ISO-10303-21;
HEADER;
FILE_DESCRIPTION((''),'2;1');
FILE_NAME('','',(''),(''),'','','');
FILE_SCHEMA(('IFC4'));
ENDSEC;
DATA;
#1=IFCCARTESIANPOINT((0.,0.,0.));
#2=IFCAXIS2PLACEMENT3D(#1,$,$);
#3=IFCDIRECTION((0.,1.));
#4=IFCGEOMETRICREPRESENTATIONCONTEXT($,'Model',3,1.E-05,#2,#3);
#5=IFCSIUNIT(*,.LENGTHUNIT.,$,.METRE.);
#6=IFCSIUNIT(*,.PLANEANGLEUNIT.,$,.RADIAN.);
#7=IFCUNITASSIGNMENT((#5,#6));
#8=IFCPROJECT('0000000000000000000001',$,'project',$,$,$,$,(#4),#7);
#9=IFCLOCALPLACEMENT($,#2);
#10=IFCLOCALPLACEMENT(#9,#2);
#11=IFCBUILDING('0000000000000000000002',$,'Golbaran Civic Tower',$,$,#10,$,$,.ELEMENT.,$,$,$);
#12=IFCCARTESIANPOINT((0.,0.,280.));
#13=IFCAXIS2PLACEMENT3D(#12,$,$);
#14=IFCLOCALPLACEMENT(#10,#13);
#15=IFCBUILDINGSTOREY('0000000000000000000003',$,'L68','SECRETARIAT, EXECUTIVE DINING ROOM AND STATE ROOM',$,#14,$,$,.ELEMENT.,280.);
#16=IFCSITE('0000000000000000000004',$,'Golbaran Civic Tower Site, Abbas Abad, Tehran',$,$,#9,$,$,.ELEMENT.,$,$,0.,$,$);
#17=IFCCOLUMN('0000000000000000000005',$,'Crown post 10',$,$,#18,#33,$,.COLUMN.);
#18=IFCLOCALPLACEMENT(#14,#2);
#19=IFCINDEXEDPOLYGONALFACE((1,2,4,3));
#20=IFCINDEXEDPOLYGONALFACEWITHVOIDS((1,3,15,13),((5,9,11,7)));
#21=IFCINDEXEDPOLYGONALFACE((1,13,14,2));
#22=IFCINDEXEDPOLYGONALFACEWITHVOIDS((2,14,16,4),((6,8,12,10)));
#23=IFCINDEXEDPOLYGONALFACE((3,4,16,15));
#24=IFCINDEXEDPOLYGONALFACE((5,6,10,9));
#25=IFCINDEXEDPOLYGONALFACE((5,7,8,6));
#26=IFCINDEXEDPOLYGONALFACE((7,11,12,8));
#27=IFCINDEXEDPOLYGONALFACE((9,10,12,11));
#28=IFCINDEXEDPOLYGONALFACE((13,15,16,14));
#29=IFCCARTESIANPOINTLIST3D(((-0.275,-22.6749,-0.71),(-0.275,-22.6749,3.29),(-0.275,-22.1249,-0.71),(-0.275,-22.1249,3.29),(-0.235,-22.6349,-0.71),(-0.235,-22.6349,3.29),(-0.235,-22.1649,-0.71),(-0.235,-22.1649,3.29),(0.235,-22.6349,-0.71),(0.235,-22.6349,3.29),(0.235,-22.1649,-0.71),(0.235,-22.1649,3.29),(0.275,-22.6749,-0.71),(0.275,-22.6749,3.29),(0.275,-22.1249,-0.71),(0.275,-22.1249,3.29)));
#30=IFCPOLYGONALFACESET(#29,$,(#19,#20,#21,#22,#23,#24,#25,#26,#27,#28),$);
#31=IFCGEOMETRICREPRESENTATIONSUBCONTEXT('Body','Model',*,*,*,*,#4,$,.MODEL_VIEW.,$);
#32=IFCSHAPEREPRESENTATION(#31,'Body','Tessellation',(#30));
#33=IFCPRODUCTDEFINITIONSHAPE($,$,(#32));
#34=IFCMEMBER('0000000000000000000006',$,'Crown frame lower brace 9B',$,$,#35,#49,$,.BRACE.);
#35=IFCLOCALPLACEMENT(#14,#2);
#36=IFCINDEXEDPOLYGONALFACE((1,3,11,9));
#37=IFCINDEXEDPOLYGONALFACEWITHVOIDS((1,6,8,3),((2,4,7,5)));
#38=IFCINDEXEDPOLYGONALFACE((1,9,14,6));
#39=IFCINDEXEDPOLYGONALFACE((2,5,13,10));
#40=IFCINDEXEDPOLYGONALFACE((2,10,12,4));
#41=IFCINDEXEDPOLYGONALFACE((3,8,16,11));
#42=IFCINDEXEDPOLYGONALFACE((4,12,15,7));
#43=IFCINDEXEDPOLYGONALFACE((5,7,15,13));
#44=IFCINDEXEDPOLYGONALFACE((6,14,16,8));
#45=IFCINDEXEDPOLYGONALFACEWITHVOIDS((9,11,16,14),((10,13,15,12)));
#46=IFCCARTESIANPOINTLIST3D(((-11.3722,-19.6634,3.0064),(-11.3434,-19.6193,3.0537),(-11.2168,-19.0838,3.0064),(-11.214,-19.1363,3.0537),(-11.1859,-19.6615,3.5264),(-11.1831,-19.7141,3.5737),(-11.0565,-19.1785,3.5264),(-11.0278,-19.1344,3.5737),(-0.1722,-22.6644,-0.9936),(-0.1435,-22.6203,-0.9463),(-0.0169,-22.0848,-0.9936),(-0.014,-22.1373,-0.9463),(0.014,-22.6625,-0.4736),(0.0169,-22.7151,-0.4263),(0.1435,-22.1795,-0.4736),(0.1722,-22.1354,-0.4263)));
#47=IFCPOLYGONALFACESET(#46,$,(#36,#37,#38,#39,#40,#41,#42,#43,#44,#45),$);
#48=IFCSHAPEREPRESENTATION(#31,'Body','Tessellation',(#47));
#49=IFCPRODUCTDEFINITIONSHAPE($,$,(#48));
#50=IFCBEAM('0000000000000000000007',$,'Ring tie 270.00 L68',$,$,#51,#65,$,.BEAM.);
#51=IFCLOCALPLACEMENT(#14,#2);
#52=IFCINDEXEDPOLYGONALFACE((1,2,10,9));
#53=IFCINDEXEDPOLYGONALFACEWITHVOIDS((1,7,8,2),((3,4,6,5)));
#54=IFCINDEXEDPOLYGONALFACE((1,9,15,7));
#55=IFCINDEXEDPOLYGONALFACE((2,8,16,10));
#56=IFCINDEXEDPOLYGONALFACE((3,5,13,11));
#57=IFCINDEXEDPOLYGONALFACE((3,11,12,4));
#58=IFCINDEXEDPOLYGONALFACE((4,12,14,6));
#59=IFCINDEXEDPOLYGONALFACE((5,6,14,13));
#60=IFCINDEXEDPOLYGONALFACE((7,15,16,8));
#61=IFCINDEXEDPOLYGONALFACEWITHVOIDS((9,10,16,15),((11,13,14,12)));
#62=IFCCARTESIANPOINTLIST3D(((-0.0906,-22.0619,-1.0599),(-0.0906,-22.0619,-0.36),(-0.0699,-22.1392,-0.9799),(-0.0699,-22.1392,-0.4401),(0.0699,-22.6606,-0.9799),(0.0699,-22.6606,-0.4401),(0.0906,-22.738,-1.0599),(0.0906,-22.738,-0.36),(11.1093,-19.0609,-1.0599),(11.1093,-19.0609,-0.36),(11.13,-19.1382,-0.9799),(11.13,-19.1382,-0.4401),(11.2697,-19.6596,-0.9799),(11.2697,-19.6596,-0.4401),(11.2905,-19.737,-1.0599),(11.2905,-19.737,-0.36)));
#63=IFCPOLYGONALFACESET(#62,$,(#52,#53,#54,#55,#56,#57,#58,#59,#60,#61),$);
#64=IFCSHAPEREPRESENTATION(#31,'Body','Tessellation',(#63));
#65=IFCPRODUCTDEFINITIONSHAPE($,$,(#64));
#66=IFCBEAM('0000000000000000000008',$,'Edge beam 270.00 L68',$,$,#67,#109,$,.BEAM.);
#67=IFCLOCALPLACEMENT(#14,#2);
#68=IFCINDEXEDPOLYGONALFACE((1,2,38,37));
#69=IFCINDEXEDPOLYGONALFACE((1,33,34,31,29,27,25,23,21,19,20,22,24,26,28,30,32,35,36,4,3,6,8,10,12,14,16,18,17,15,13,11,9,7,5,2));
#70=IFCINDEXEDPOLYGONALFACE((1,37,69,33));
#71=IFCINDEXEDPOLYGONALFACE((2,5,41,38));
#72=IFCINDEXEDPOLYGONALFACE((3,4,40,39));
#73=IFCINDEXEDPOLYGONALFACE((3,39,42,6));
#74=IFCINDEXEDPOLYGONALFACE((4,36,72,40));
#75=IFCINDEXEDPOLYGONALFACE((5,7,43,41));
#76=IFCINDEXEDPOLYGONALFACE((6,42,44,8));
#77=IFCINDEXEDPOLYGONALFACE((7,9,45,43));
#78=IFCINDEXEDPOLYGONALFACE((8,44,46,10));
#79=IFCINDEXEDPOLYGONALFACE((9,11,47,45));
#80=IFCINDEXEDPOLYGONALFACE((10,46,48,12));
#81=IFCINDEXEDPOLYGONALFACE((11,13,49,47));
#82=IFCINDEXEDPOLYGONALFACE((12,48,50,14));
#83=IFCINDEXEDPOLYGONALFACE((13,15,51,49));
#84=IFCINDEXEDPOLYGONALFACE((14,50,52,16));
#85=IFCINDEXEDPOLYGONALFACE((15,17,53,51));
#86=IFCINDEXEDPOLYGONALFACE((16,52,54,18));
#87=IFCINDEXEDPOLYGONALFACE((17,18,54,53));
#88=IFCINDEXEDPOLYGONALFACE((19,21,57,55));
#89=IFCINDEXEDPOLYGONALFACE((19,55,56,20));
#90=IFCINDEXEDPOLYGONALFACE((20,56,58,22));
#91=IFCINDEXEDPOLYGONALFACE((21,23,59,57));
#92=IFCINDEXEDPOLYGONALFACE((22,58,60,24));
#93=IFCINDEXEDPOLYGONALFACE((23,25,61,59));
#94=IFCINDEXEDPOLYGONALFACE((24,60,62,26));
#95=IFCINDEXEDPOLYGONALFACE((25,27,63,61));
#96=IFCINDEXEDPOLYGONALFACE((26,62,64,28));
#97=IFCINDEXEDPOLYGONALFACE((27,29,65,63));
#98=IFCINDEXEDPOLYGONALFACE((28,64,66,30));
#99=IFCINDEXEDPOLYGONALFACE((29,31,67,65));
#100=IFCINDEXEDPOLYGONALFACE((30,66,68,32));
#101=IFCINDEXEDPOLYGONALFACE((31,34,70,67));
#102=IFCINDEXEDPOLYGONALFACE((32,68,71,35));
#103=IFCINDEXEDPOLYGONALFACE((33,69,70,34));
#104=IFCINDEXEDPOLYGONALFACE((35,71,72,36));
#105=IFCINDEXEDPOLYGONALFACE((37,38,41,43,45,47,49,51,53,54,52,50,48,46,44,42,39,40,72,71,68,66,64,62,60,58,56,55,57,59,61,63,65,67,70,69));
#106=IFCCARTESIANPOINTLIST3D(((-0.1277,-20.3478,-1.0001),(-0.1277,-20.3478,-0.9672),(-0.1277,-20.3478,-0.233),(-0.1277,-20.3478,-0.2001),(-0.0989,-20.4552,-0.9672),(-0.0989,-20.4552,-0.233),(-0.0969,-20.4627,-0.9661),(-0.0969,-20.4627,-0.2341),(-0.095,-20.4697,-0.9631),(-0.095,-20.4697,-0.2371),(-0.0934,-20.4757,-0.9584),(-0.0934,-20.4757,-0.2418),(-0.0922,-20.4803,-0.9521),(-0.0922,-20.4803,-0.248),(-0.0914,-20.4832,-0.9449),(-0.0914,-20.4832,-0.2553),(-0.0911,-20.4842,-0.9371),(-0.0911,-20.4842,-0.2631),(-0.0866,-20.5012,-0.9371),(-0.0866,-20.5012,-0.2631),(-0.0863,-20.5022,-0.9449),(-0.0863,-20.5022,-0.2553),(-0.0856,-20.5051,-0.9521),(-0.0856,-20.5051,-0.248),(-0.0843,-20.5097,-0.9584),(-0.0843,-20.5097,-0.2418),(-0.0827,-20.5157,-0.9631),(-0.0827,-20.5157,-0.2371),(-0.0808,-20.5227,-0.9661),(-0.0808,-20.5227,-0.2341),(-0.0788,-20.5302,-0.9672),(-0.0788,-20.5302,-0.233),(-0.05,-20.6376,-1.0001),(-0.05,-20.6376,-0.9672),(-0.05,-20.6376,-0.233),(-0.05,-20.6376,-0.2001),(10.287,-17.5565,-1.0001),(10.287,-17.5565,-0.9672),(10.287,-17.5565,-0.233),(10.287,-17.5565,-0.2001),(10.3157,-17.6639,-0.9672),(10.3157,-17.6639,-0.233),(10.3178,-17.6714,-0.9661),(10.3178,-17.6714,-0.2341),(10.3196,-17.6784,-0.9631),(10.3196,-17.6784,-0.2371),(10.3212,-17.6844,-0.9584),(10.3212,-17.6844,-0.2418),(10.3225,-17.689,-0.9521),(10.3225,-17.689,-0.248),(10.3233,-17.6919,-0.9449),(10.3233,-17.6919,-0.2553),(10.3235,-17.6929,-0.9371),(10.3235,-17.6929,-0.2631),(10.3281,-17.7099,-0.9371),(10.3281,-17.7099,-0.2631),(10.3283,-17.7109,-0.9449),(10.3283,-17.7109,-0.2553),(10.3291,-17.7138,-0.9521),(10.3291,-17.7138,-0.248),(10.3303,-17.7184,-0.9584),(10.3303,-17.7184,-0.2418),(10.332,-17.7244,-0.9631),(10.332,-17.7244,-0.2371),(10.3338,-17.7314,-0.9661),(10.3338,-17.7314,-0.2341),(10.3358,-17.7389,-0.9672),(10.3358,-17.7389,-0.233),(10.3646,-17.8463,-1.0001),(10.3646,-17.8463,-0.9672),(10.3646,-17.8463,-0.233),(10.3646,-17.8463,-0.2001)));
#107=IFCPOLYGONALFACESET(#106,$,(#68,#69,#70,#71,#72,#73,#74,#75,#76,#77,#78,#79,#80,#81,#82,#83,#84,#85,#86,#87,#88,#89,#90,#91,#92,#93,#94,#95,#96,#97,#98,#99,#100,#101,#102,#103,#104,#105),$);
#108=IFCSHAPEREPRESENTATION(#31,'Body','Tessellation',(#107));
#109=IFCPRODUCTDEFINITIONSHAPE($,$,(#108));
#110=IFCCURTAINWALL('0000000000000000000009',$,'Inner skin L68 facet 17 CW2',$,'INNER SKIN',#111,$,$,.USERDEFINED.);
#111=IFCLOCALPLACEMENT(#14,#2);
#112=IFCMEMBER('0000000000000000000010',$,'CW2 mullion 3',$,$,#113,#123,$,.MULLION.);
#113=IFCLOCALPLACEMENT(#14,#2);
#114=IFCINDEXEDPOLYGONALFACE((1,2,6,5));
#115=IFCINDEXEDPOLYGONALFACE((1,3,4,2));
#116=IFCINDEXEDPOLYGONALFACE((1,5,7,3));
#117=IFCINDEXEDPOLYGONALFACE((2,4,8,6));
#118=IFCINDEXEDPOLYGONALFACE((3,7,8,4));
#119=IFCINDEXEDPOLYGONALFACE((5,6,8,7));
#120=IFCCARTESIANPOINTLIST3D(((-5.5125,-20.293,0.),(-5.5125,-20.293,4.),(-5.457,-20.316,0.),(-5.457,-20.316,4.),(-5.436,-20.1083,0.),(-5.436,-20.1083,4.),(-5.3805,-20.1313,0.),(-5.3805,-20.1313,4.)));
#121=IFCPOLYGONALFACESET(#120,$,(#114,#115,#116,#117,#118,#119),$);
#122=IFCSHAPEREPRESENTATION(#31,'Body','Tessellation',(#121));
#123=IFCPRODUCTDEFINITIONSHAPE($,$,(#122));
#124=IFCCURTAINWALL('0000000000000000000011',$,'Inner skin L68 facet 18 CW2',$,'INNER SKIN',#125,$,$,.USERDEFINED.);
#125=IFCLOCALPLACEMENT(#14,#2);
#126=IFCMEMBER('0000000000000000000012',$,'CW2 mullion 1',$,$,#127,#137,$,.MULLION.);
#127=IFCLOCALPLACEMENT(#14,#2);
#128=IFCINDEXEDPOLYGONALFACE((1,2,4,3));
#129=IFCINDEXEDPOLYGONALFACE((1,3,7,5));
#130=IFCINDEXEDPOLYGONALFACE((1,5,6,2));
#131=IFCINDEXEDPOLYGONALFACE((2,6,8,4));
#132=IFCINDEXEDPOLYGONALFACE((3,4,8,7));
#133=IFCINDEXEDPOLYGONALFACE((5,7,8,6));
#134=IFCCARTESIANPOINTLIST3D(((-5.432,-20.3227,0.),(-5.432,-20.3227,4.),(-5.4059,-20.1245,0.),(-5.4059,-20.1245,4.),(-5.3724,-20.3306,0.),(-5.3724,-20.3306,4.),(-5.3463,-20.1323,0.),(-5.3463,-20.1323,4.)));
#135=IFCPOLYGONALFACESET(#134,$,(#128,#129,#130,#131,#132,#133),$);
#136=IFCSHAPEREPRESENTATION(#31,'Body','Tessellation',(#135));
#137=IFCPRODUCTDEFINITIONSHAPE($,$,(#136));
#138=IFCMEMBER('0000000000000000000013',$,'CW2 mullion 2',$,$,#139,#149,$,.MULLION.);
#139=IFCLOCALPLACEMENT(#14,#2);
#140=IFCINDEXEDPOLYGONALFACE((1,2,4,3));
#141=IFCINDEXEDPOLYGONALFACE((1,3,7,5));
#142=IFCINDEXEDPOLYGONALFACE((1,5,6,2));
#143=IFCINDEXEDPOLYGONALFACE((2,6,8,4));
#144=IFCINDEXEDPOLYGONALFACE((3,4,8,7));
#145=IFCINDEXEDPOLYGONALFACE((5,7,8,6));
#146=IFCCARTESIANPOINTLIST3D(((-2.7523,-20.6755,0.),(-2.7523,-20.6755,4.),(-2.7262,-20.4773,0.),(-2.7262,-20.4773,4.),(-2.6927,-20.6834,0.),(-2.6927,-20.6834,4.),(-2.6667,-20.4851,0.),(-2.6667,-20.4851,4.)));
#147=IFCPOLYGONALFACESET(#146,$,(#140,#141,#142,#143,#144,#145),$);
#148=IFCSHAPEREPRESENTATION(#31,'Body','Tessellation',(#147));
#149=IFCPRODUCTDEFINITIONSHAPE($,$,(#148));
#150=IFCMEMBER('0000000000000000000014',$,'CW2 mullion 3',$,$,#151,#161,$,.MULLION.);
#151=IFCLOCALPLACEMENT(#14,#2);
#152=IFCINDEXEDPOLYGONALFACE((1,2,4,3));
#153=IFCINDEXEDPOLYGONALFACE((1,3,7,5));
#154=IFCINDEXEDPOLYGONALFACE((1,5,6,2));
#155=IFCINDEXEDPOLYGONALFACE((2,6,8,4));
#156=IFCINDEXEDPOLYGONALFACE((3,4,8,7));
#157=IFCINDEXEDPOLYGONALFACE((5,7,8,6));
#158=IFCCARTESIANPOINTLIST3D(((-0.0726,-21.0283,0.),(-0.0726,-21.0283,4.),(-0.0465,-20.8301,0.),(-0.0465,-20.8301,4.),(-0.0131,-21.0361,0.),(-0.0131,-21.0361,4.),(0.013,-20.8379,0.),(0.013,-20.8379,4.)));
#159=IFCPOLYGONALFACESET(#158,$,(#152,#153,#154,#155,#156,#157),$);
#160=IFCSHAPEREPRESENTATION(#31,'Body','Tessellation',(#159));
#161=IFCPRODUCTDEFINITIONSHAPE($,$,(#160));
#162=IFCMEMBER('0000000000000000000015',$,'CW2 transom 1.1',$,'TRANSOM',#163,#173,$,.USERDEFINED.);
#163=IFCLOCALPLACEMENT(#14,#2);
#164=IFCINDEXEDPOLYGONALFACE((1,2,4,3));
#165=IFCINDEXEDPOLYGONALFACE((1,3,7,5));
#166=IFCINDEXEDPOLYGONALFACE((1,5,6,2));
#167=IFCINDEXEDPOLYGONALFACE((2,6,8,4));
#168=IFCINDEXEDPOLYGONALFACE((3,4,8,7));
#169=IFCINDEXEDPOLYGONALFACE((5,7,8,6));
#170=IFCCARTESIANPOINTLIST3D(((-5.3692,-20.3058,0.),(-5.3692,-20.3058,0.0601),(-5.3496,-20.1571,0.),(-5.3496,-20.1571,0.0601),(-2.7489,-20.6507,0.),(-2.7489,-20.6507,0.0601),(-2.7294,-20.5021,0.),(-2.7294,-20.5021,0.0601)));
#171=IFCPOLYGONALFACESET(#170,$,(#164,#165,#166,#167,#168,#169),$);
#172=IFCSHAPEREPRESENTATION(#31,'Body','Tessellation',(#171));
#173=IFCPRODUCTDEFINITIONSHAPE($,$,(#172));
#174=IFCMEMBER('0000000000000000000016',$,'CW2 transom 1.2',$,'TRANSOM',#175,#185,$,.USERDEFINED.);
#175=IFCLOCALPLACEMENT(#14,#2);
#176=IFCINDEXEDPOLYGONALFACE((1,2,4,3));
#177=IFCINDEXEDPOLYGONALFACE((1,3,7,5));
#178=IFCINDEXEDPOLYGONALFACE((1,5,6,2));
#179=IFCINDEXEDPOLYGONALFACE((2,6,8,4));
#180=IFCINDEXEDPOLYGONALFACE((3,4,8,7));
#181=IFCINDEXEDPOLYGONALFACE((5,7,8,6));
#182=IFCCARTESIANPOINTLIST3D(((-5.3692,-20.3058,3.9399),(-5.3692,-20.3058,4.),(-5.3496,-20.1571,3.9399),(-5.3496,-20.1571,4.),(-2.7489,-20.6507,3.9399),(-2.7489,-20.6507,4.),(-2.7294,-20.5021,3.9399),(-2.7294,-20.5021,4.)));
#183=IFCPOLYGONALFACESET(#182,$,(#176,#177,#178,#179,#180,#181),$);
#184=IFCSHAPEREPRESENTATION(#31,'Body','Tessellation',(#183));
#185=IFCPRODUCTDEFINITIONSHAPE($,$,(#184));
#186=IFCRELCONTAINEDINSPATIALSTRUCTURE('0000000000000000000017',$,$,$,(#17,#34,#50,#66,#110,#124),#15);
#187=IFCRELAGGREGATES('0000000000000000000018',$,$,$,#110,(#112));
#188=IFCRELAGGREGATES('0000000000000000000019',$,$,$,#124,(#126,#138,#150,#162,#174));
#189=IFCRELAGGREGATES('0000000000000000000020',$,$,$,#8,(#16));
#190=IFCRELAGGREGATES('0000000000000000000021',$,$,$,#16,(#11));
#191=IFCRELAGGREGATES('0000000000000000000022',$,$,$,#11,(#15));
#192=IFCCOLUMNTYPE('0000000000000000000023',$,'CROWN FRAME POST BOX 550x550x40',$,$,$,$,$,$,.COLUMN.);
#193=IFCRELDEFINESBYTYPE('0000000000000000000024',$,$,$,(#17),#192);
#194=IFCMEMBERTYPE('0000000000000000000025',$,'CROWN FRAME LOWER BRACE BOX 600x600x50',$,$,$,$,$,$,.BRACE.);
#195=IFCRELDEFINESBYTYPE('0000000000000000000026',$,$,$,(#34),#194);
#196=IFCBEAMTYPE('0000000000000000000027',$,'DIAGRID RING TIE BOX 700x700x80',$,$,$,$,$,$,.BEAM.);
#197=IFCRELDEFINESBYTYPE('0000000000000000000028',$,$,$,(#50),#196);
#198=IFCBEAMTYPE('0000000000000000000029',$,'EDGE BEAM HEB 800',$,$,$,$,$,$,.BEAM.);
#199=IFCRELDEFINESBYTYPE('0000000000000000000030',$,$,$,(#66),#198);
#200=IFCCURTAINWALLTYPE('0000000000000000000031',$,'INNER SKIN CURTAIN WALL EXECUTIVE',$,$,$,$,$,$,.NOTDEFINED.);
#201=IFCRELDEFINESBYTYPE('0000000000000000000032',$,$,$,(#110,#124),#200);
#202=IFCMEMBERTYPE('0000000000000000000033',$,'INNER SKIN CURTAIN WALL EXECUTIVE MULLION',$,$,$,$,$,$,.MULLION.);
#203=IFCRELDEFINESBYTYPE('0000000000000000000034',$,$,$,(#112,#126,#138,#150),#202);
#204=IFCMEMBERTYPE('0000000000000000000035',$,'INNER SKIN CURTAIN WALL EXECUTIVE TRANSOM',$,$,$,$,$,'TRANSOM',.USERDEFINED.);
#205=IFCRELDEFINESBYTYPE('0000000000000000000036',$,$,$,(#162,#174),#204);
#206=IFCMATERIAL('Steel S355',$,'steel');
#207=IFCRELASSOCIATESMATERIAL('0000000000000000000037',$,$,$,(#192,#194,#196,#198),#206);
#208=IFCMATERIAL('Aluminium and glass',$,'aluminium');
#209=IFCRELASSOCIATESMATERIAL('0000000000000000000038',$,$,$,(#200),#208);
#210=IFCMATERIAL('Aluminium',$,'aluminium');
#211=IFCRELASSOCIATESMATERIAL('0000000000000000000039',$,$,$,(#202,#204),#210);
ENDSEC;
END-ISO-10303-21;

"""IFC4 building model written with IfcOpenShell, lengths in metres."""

from ifc_helpers import new_model, si_unit, direction, frame, origin, origin_2d, place, context, subcontext, project, spatial, rectangle, hollow_rectangle, i_section, extrude, material, material_profile, profile_set, type_object, element, aggregate, save


model = new_model("IFC4")

# Units and contexts
model_context = context("Model", 3, precision=1e-05, world=origin(), true_north=direction((0.0, 1.0)))
body_context = subcontext(model_context, "Body", "Model", "MODEL_VIEW")
ifc_project = project(units=[si_unit("LENGTHUNIT", "METRE"), si_unit("PLANEANGLEUNIT", "RADIAN")], contexts=[model_context])

# Site, building, storey
site_placement = place(None, origin())
site = spatial("IfcSite", under=ifc_project, at=site_placement, Name="Golbaran Civic Tower Site, Abbas Abad, Tehran", CompositionType="ELEMENT", RefElevation=0.0)
building_placement = place(site_placement, origin())
building = spatial("IfcBuilding", under=site, at=building_placement, Name="Golbaran Civic Tower", CompositionType="ELEMENT")
storey_placement = place(building_placement, frame((0.0, 0.0, 280.0)))
storey = spatial("IfcBuildingStorey", under=building, at=storey_placement, Name="L68", Description="SECRETARIAT, EXECUTIVE DINING ROOM AND STATE ROOM", CompositionType="ELEMENT", Elevation=280.0)

# Column
ifc_material_1 = material(Name="Steel S355", Category="steel")
ifc_material_profile_1 = material_profile(ifc_material_1, hollow_rectangle(XDim=0.55, YDim=0.55, WallThickness=0.04, at=origin_2d()), Name="BOX 550x550x40")
ifc_profile_set_1 = profile_set([ifc_material_profile_1], Name="Steel S355")
column_type = type_object("IfcColumnType", Name="CROWN FRAME POST BOX 550x550x40", PredefinedType="COLUMN", material=ifc_profile_set_1)
column_placement = place(storey_placement, frame((0.0, -22.3999, -0.71), z_axis=(0.0, 0.0, 1.0), x_axis=(1.0, 0.0, 0.0)))
element("IfcColumn", 1, at=column_placement, inside=storey, type_object=column_type, Name="Crown post 10", PredefinedType="COLUMN", context=body_context, shape_type="SweptSolid", body=[
    extrude(hollow_rectangle(XDim=0.55, YDim=0.55, WallThickness=0.04, at=origin_2d()), origin(), (0.0, 0.0, 1.0), 4.0),
])

# Member
ifc_material_profile_2 = material_profile(ifc_material_1, hollow_rectangle(XDim=0.6001, YDim=0.6001, WallThickness=0.05, at=origin_2d()), Name="BOX 600x600x50")
ifc_profile_set_2 = profile_set([ifc_material_profile_2], Name="Steel S355")
member_type_1 = type_object("IfcMemberType", Name="CROWN FRAME LOWER BRACE BOX 600x600x50", PredefinedType="BRACE", material=ifc_profile_set_2)
member_1_placement = place(storey_placement, frame((0.0, -22.3999, -0.71), z_axis=(-0.913119, 0.244666, 0.326116), x_axis=(-0.258816, -0.965927, 0.0)))
element("IfcMember", 2, at=member_1_placement, inside=storey, type_object=member_type_1, Name="Crown frame lower brace 9B", PredefinedType="BRACE", context=body_context, shape_type="SweptSolid", body=[
    extrude(hollow_rectangle(XDim=0.6001, YDim=0.6001, WallThickness=0.05, at=origin_2d()), origin(), (0.0, 0.0, 1.0), 12.2656),
])

# Beams
ifc_material_profile_3 = material_profile(ifc_material_1, hollow_rectangle(XDim=0.7, YDim=0.7, WallThickness=0.0801, at=origin_2d()), Name="BOX 700x700x80")
ifc_profile_set_3 = profile_set([ifc_material_profile_3], Name="Steel S355")
beam_type_1 = type_object("IfcBeamType", Name="DIAGRID RING TIE BOX 700x700x80", PredefinedType="BEAM", material=ifc_profile_set_3)
beam_1_placement = place(storey_placement, frame((0.0, -22.3999, -0.71), z_axis=(0.965927, 0.258816, 0.0), x_axis=(-0.258816, 0.965927, 0.0)))
element("IfcBeam", 3, at=beam_1_placement, inside=storey, type_object=beam_type_1, Name="Ring tie 270.00 L68", PredefinedType="BEAM", context=body_context, shape_type="SweptSolid", body=[
    extrude(hollow_rectangle(XDim=0.7, YDim=0.7, WallThickness=0.0801, at=origin_2d()), origin(), (0.0, 0.0, 1.0), 11.595),
])
ifc_material_profile_4 = material_profile(ifc_material_1, i_section(OverallWidth=0.3, OverallDepth=0.8, WebThickness=0.0176, FlangeThickness=0.033, FilletRadius=0.03, at=origin_2d()), Name="HEB 800")
ifc_profile_set_4 = profile_set([ifc_material_profile_4], Name="Steel S355")
beam_type_2 = type_object("IfcBeamType", Name="EDGE BEAM HEB 800", PredefinedType="BEAM", material=ifc_profile_set_4)
beam_2_placement = place(storey_placement, frame((-0.0889, -20.4927, -0.6001), z_axis=(0.96591, 0.258879, 0.0), x_axis=(-0.258879, 0.96591, 0.0)))
element("IfcBeam", 4, at=beam_2_placement, inside=storey, type_object=beam_type_2, Name="Edge beam 270.00 L68", PredefinedType="BEAM", context=body_context, shape_type="SweptSolid", body=[
    extrude(i_section(OverallWidth=0.3, OverallDepth=0.8, WebThickness=0.0176, FlangeThickness=0.033, FilletRadius=0.03, at=origin_2d()), origin(), (0.0, 0.0, 1.0), 10.7822),
])

# Curtain wall, member
ifc_material_2 = material(Name="Aluminium and glass", Category="aluminium")
curtain_wall_type_1 = type_object("IfcCurtainWallType", Name="INNER SKIN CURTAIN WALL EXECUTIVE", PredefinedType="NOTDEFINED", material=ifc_material_2)
curtain_wall_1_placement = place(storey_placement, origin())
curtain_wall_1 = element("IfcCurtainWall", 5, at=curtain_wall_1_placement, inside=storey, type_object=curtain_wall_type_1, Name="Inner skin L68 facet 17 CW2", ObjectType="INNER SKIN", PredefinedType="USERDEFINED")
ifc_material_3 = material(Name="Aluminium", Category="aluminium")
ifc_material_profile_5 = material_profile(ifc_material_3, rectangle(XDim=0.2, YDim=0.0601, at=origin_2d()), Name="INNER SKIN CURTAIN WALL EXECUTIVE MULLION")
ifc_profile_set_5 = profile_set([ifc_material_profile_5], Name="Aluminium")
member_type_2 = type_object("IfcMemberType", Name="INNER SKIN CURTAIN WALL EXECUTIVE MULLION", PredefinedType="MULLION", material=ifc_profile_set_5)
member_2_placement = place(storey_placement, frame((-5.4465, -20.2122, 0.0), z_axis=(0.0, 0.0, 1.0), x_axis=(0.382683, 0.92388, 0.0)))
member_2 = element("IfcMember", 6, at=member_2_placement, type_object=member_type_2, Name="CW2 mullion 3", PredefinedType="MULLION", context=body_context, shape_type="SweptSolid", body=[
    extrude(rectangle(XDim=0.2, YDim=0.0601, at=origin_2d()), origin(), (0.0, 0.0, 1.0), 4.0),
])
aggregate(curtain_wall_1, [member_2])

# Curtain wall, members
curtain_wall_2_placement = place(storey_placement, origin())
curtain_wall_2 = element("IfcCurtainWall", 7, at=curtain_wall_2_placement, inside=storey, type_object=curtain_wall_type_1, Name="Inner skin L68 facet 18 CW2", ObjectType="INNER SKIN", PredefinedType="USERDEFINED")
member_3_placement = place(storey_placement, frame((-5.3892, -20.2275, 0.0), z_axis=(0.0, 0.0, 1.0), x_axis=(0.130526, 0.991445, 0.0)))
member_3 = element("IfcMember", 8, at=member_3_placement, type_object=member_type_2, Name="CW2 mullion 1", PredefinedType="MULLION", context=body_context, shape_type="SweptSolid", body=[
    extrude(rectangle(XDim=0.2, YDim=0.0601, at=origin_2d()), origin(), (0.0, 0.0, 1.0), 4.0),
])
member_4_placement = place(storey_placement, frame((-2.7095, -20.5803, 0.0), z_axis=(0.0, 0.0, 1.0), x_axis=(0.130526, 0.991445, 0.0)))
member_4 = element("IfcMember", 9, at=member_4_placement, type_object=member_type_2, Name="CW2 mullion 2", PredefinedType="MULLION", context=body_context, shape_type="SweptSolid", body=[
    extrude(rectangle(XDim=0.2, YDim=0.0601, at=origin_2d()), origin(), (0.0, 0.0, 1.0), 4.0),
])
member_5_placement = place(storey_placement, frame((-0.0298, -20.9331, 0.0), z_axis=(0.0, 0.0, 1.0), x_axis=(0.130526, 0.991445, 0.0)))
member_5 = element("IfcMember", 10, at=member_5_placement, type_object=member_type_2, Name="CW2 mullion 3", PredefinedType="MULLION", context=body_context, shape_type="SweptSolid", body=[
    extrude(rectangle(XDim=0.2, YDim=0.0601, at=origin_2d()), origin(), (0.0, 0.0, 1.0), 4.0),
])
ifc_material_profile_6 = material_profile(ifc_material_3, rectangle(XDim=0.1499, YDim=0.0601, at=origin_2d()), Name="INNER SKIN CURTAIN WALL EXECUTIVE TRANSOM")
ifc_profile_set_6 = profile_set([ifc_material_profile_6], Name="Aluminium")
member_type_3 = type_object("IfcMemberType", Name="INNER SKIN CURTAIN WALL EXECUTIVE TRANSOM", ElementType="TRANSOM", PredefinedType="USERDEFINED", material=ifc_profile_set_6)
member_6_placement = place(storey_placement, frame((-5.3594, -20.2314, 0.03), z_axis=(0.991444, -0.130536, 0.0), x_axis=(0.130536, 0.991444, 0.0)))
member_6 = element("IfcMember", 11, at=member_6_placement, type_object=member_type_3, Name="CW2 transom 1.1", ObjectType="TRANSOM", PredefinedType="USERDEFINED", context=body_context, shape_type="SweptSolid", body=[
    extrude(rectangle(XDim=0.1499, YDim=0.0601, at=origin_2d()), origin(), (0.0, 0.0, 1.0), 2.6428),
])
member_7_placement = place(storey_placement, frame((-5.3594, -20.2314, 3.97), z_axis=(0.991444, -0.130536, 0.0), x_axis=(0.130536, 0.991444, 0.0)))
member_7 = element("IfcMember", 12, at=member_7_placement, type_object=member_type_3, Name="CW2 transom 1.2", ObjectType="TRANSOM", PredefinedType="USERDEFINED", context=body_context, shape_type="SweptSolid", body=[
    extrude(rectangle(XDim=0.1499, YDim=0.0601, at=origin_2d()), origin(), (0.0, 0.0, 1.0), 2.6428),
])

aggregate(curtain_wall_2, [member_3, member_4, member_5, member_6, member_7])

save(model, "model.ifc")
